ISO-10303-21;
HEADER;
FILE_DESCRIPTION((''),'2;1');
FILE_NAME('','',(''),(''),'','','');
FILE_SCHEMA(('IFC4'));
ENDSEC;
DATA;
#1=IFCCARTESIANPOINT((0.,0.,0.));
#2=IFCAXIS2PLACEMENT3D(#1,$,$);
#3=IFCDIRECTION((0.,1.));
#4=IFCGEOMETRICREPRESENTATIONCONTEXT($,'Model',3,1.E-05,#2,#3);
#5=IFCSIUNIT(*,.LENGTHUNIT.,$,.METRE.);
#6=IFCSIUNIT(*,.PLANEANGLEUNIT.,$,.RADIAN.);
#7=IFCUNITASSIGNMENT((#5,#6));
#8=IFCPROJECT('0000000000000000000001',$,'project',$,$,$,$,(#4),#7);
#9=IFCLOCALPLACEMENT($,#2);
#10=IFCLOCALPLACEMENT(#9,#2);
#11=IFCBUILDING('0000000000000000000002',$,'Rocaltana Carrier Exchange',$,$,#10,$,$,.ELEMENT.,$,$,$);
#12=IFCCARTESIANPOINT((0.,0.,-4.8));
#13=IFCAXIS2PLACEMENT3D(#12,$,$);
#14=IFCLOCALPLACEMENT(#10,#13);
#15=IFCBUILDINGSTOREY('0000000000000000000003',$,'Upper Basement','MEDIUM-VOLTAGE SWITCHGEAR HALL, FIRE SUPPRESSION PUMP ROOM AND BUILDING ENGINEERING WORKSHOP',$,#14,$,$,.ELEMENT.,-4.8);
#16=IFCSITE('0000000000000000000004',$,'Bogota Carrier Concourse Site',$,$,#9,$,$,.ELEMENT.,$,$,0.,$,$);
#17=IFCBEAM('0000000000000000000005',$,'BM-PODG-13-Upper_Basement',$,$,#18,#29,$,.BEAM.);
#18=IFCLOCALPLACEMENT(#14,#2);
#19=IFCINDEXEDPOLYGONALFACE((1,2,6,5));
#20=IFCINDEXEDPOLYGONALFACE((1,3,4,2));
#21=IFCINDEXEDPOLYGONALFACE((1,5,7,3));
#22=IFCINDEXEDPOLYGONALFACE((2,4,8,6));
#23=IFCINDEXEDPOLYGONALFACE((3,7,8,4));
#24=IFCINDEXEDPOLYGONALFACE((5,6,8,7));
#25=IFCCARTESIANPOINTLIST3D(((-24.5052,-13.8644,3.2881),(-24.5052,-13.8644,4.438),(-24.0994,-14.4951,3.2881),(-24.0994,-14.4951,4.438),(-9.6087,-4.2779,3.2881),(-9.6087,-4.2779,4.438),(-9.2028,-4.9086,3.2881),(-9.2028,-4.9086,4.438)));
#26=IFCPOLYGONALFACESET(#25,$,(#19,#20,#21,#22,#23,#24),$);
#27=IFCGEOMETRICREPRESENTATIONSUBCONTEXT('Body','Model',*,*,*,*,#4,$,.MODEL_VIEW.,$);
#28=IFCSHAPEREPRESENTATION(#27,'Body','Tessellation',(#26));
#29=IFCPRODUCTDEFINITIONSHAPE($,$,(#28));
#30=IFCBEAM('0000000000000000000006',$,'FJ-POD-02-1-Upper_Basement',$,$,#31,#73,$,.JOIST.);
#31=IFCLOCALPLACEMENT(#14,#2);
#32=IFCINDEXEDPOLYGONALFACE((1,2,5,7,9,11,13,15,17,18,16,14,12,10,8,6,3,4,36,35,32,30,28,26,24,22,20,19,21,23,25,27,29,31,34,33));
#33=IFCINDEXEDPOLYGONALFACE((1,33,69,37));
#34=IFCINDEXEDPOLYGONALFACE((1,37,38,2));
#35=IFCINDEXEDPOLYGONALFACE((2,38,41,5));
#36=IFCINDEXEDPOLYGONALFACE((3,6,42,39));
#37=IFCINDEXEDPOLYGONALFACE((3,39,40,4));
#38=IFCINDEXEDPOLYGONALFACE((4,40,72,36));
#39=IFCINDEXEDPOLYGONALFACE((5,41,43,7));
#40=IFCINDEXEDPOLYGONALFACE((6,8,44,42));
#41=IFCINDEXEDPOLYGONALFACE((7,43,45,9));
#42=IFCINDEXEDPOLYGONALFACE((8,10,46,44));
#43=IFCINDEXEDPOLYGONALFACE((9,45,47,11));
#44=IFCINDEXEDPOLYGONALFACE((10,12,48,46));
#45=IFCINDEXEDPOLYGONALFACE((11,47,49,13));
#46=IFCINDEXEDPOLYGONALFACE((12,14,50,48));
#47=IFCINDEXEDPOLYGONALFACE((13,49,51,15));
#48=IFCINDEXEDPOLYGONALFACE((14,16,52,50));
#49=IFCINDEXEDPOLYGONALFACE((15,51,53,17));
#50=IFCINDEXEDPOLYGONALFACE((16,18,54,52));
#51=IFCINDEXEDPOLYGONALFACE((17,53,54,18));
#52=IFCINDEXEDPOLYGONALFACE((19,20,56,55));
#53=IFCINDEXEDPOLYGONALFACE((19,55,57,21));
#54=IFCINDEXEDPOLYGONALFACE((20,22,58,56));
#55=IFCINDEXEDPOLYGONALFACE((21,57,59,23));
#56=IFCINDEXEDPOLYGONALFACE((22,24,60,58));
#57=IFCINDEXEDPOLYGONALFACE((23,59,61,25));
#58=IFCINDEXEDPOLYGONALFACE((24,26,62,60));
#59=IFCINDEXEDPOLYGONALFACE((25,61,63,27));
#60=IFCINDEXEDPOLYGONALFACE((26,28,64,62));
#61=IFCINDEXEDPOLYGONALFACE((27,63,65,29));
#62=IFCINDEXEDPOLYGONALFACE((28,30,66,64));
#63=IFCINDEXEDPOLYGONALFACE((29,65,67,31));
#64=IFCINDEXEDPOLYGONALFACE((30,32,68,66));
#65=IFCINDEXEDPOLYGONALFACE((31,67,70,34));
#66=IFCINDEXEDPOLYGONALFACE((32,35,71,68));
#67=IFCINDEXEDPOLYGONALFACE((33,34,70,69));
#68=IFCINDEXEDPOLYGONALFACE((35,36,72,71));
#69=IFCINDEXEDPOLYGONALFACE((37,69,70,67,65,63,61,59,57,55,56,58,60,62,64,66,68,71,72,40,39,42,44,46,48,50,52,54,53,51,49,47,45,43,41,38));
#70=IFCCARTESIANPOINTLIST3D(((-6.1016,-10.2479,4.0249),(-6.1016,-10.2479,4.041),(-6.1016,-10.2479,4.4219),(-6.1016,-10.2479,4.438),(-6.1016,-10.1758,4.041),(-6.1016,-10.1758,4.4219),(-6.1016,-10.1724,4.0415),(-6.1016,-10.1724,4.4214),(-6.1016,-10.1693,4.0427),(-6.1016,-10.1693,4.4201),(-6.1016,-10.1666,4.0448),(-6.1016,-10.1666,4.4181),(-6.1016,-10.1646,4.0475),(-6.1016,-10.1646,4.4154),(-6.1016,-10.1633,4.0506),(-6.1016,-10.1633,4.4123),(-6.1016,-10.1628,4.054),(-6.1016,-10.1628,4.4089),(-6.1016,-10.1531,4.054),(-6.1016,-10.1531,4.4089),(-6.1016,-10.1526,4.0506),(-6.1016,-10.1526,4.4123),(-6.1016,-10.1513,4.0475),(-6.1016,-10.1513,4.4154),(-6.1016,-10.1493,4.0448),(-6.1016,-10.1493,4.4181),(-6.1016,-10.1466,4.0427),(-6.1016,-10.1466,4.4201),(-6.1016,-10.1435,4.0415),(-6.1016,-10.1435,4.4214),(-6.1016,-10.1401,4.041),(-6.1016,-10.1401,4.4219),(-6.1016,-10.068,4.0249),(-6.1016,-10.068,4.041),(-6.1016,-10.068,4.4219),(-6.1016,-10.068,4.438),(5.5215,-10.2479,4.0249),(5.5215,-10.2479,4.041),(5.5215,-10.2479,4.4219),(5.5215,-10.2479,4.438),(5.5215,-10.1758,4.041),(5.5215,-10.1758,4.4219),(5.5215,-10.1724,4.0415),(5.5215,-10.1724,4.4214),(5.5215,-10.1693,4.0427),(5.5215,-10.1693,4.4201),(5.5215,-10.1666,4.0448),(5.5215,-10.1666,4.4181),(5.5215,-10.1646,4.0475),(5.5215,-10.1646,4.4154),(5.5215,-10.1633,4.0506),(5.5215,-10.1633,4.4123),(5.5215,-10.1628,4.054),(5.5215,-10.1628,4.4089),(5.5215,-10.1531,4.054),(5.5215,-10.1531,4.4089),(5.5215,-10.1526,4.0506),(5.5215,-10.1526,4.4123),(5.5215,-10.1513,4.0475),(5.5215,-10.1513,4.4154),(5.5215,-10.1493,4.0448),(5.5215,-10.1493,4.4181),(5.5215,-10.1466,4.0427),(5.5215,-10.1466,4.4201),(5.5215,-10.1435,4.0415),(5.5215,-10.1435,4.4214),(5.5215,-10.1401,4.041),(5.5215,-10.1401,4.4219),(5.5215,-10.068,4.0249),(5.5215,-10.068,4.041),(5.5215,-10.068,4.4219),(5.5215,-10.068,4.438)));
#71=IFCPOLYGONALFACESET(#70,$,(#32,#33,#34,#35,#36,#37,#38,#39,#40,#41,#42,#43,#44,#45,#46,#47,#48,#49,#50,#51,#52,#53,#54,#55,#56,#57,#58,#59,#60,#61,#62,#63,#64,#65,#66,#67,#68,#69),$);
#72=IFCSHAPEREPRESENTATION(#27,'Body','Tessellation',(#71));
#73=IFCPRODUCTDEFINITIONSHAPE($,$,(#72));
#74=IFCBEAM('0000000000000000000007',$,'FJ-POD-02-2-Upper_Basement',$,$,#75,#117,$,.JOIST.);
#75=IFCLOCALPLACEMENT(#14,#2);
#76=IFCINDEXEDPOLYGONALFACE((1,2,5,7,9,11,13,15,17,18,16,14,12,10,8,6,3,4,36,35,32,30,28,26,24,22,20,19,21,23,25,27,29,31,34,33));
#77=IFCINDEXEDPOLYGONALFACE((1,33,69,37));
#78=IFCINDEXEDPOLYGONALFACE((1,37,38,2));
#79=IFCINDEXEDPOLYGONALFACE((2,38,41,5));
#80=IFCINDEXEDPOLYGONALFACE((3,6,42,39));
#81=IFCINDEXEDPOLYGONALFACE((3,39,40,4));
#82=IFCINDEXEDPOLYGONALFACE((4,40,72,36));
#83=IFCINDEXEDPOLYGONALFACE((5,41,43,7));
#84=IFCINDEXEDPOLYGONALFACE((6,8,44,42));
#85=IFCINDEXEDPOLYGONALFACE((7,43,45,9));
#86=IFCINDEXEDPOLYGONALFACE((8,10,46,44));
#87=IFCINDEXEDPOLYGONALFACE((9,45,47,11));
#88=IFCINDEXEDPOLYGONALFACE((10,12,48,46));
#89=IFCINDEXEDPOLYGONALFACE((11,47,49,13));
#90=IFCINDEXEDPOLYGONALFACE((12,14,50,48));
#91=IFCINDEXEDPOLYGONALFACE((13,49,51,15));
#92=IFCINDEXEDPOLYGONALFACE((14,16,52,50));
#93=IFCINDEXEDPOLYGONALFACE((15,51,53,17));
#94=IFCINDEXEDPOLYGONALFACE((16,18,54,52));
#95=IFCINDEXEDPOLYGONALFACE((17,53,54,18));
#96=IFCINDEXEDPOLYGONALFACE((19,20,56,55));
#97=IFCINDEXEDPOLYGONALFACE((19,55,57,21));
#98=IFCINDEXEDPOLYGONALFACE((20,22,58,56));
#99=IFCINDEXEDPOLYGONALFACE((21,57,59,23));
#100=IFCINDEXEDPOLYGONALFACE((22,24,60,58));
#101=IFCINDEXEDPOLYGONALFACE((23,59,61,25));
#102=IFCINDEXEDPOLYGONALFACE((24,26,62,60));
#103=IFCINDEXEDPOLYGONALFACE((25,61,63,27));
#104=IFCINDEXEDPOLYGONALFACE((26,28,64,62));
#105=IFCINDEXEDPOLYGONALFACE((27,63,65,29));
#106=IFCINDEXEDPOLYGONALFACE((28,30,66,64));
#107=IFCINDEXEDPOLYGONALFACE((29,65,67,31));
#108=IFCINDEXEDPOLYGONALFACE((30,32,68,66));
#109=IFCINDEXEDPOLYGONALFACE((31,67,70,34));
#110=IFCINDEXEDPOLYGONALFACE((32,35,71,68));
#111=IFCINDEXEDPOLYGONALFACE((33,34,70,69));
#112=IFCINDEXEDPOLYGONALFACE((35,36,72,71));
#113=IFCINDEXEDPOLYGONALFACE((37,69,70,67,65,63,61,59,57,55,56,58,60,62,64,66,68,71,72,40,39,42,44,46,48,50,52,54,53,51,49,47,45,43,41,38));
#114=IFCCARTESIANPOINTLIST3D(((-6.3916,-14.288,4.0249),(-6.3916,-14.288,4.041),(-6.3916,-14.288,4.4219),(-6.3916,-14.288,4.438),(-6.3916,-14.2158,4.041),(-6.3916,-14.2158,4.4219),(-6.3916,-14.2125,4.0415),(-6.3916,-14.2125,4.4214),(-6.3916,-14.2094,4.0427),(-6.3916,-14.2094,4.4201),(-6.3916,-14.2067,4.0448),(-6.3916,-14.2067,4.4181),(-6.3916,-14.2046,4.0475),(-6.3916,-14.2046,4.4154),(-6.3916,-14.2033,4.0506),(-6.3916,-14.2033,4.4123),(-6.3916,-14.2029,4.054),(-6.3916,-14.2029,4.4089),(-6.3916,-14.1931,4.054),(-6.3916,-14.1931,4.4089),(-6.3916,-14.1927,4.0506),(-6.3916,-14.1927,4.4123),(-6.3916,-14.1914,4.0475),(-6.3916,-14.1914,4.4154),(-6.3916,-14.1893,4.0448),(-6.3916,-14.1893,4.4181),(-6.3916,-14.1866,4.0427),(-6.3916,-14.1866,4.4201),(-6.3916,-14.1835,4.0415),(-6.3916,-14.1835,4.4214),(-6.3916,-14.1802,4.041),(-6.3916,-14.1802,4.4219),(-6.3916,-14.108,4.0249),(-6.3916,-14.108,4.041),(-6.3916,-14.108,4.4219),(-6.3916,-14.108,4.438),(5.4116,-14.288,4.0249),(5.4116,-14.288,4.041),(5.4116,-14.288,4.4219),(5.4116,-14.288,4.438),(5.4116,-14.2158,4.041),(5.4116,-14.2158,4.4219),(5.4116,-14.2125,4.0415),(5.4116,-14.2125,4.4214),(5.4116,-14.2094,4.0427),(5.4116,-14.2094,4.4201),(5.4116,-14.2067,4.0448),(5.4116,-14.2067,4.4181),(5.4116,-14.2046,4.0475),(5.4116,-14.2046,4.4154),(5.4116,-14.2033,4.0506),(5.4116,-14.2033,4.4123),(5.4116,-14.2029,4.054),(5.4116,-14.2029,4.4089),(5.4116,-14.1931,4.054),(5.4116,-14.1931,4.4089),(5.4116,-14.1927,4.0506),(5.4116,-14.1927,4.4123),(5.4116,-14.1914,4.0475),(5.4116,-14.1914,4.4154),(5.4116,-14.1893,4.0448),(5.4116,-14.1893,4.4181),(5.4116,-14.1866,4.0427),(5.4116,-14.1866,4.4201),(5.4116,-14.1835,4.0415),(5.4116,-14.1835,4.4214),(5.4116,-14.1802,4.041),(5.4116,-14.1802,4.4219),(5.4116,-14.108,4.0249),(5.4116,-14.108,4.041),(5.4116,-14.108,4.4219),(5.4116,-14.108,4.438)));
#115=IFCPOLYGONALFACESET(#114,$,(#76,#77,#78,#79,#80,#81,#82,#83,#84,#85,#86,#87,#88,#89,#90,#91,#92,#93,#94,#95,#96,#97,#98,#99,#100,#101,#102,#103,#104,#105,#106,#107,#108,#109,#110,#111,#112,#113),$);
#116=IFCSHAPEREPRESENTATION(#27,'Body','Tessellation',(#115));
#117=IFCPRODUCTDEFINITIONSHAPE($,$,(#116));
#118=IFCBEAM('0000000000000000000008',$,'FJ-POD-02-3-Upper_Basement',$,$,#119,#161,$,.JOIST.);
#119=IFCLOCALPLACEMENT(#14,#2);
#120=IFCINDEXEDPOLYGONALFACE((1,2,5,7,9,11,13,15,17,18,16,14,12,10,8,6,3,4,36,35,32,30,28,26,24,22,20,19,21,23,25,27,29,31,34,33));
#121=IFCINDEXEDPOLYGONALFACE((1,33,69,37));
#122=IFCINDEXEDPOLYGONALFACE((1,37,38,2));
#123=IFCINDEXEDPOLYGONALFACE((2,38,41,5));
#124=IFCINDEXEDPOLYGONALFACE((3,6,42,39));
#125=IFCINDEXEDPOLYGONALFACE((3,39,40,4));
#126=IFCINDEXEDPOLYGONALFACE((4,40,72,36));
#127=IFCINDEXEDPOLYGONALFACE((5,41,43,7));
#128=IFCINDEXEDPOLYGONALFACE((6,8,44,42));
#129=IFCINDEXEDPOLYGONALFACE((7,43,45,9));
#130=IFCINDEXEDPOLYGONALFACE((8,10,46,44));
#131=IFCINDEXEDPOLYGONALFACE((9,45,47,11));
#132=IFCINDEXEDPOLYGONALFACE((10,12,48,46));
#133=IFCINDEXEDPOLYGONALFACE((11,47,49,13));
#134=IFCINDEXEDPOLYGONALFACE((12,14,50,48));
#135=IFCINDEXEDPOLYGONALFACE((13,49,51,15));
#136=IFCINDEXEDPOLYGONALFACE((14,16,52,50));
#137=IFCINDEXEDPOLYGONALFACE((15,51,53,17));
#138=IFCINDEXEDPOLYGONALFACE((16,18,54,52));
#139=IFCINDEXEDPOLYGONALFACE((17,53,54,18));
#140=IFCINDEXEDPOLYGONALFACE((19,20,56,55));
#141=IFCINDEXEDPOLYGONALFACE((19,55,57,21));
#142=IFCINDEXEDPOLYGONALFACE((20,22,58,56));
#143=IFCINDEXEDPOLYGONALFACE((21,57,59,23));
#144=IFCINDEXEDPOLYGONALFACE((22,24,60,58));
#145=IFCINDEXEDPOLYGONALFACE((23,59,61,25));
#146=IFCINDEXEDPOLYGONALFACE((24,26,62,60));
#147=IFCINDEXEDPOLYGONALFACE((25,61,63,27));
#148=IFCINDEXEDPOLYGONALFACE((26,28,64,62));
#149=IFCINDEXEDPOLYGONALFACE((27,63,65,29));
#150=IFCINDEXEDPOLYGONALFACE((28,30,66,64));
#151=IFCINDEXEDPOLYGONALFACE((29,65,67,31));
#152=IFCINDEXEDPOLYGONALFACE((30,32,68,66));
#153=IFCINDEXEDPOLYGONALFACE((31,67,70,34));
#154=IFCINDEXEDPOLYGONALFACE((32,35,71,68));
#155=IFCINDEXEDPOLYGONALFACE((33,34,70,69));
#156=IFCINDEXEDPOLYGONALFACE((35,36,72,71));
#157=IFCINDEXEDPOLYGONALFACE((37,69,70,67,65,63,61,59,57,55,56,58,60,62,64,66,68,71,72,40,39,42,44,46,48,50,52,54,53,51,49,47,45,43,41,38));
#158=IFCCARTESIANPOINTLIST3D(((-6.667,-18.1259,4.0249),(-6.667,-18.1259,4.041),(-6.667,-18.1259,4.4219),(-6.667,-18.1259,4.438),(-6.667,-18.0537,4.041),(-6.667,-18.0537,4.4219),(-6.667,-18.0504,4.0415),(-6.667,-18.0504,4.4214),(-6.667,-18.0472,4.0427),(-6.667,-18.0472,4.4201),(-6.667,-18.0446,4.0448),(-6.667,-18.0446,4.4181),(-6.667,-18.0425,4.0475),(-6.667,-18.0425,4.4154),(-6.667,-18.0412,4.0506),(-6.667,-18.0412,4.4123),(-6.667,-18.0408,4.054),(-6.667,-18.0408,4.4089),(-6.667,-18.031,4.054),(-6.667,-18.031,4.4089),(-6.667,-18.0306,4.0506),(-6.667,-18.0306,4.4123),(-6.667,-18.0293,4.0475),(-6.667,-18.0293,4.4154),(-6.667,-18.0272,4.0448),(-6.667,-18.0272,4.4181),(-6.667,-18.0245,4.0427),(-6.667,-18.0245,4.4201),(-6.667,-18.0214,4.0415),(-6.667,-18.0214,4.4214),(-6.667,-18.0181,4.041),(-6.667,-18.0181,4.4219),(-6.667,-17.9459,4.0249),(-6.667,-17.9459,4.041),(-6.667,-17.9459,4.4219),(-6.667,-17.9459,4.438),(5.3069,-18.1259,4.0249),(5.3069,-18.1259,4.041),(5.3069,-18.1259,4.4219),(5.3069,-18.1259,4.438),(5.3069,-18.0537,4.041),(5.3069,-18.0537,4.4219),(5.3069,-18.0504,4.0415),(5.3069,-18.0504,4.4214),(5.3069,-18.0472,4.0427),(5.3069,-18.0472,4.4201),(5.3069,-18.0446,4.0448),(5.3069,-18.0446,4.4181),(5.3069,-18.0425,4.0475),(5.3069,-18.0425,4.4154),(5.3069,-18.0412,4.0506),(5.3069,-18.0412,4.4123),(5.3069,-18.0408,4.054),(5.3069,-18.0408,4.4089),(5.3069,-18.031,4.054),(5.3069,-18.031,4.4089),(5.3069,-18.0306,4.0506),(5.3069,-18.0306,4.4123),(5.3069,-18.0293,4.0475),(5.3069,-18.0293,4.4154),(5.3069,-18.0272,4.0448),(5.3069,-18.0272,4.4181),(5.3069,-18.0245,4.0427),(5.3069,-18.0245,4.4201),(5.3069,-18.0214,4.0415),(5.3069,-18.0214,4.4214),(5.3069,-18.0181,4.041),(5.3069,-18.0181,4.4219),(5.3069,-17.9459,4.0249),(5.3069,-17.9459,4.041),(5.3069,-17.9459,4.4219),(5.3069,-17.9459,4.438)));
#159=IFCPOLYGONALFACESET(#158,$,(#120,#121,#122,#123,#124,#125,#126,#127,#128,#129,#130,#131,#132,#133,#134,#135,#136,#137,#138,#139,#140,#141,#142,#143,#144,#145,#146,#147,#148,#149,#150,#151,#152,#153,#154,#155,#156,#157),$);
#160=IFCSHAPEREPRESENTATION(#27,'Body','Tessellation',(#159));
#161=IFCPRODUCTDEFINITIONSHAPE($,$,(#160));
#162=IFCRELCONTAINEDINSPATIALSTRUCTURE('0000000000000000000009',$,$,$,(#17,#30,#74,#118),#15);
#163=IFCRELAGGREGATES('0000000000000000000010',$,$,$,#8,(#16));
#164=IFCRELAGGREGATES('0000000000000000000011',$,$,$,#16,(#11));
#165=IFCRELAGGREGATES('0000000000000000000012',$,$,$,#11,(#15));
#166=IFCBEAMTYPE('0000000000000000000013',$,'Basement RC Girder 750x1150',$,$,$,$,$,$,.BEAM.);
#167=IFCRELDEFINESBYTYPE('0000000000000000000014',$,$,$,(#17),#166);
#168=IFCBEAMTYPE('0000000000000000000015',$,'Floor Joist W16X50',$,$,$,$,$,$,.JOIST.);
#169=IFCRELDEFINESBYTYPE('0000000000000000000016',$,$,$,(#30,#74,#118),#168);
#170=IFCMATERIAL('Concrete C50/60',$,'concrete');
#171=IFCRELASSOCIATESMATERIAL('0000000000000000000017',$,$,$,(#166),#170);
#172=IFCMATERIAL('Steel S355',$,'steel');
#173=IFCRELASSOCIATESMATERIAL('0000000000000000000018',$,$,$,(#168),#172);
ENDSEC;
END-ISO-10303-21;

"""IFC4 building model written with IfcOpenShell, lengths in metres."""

from ifc_helpers import new_model, si_unit, direction, frame, origin, origin_2d, place, context, subcontext, project, spatial, rectangle, i_section, extrude, material, material_profile, profile_set, type_object, element, save


model = new_model("IFC4")

# Units and contexts
model_context = context("Model", 3, precision=1e-05, world=origin(), true_north=direction((0.0, 1.0)))
body_context = subcontext(model_context, "Body", "Model", "MODEL_VIEW")
ifc_project = project(units=[si_unit("LENGTHUNIT", "METRE"), si_unit("PLANEANGLEUNIT", "RADIAN")], contexts=[model_context])

# Site, building, storey
site_placement = place(None, origin())
site = spatial("IfcSite", under=ifc_project, at=site_placement, Name="Bogota Carrier Concourse Site", CompositionType="ELEMENT", RefElevation=0.0)
building_placement = place(site_placement, origin())
building = spatial("IfcBuilding", under=site, at=building_placement, Name="Rocaltana Carrier Exchange", CompositionType="ELEMENT")
storey_placement = place(building_placement, frame((0.0, 0.0, -4.8)))
storey = spatial("IfcBuildingStorey", under=building, at=storey_placement, Name="Upper Basement", Description="MEDIUM-VOLTAGE SWITCHGEAR HALL, FIRE SUPPRESSION PUMP ROOM AND BUILDING ENGINEERING WORKSHOP", CompositionType="ELEMENT", Elevation=-4.8)

# Beams
ifc_material_1 = material(Name="Concrete C50/60", Category="concrete")
ifc_material_profile_1 = material_profile(ifc_material_1, rectangle(XDim=0.75, YDim=1.1499, at=origin_2d()), Name="RC-BM-750X1150")
ifc_profile_set_1 = profile_set([ifc_material_profile_1], Name="Concrete C50/60")
beam_type_1 = type_object("IfcBeamType", Name="Basement RC Girder 750x1150", PredefinedType="BEAM", material=ifc_profile_set_1)
beam_1_placement = place(storey_placement, frame((-9.4058, -4.5933, 3.863), z_axis=(-0.840919, -0.541162, 0.0), x_axis=(0.541162, -0.840919, 0.0)))
element("IfcBeam", 1, at=beam_1_placement, inside=storey, type_object=beam_type_1, Name="BM-PODG-13-Upper_Basement", PredefinedType="BEAM", context=body_context, shape_type="SweptSolid", body=[
    extrude(rectangle(XDim=0.75, YDim=1.1499, at=origin_2d()), origin(), (0.0, 0.0, 1.0), 17.7146),
])
ifc_material_2 = material(Name="Steel S355", Category="steel")
ifc_material_profile_2 = material_profile(ifc_material_2, i_section(OverallWidth=0.1799, OverallDepth=0.4131, WebThickness=0.0098, FlangeThickness=0.0161, FilletRadius=0.0129, at=origin_2d()), Name="W16X50")
ifc_profile_set_2 = profile_set([ifc_material_profile_2], Name="Steel S355")
beam_type_2 = type_object("IfcBeamType", Name="Floor Joist W16X50", PredefinedType="JOIST", material=ifc_profile_set_2)
beam_2_placement = place(storey_placement, frame((-6.1016, -10.158, 4.2314), z_axis=(1.0, 0.0, 0.0), x_axis=(0.0, 1.0, 0.0)))
element("IfcBeam", 2, at=beam_2_placement, inside=storey, type_object=beam_type_2, Name="FJ-POD-02-1-Upper_Basement", PredefinedType="JOIST", context=body_context, shape_type="SweptSolid", body=[
    extrude(i_section(OverallWidth=0.1799, OverallDepth=0.4131, WebThickness=0.0098, FlangeThickness=0.0161, FilletRadius=0.0129, at=origin_2d()), origin(), (0.0, 0.0, 1.0), 11.623),
])
beam_3_placement = place(storey_placement, frame((-6.3916, -14.198, 4.2314), z_axis=(1.0, 0.0, 0.0), x_axis=(0.0, 1.0, 0.0)))
element("IfcBeam", 3, at=beam_3_placement, inside=storey, type_object=beam_type_2, Name="FJ-POD-02-2-Upper_Basement", PredefinedType="JOIST", context=body_context, shape_type="SweptSolid", body=[
    extrude(i_section(OverallWidth=0.1799, OverallDepth=0.4131, WebThickness=0.0098, FlangeThickness=0.0161, FilletRadius=0.0129, at=origin_2d()), origin(), (0.0, 0.0, 1.0), 11.8032),
])
beam_4_placement = place(storey_placement, frame((-6.667, -18.0359, 4.2314), z_axis=(1.0, 0.0, 0.0), x_axis=(0.0, 1.0, 0.0)))
element("IfcBeam", 4, at=beam_4_placement, inside=storey, type_object=beam_type_2, Name="FJ-POD-02-3-Upper_Basement", PredefinedType="JOIST", context=body_context, shape_type="SweptSolid", body=[
    extrude(i_section(OverallWidth=0.1799, OverallDepth=0.4131, WebThickness=0.0098, FlangeThickness=0.0161, FilletRadius=0.0129, at=origin_2d()), origin(), (0.0, 0.0, 1.0), 11.9739),
])

save(model, "model.ifc")
